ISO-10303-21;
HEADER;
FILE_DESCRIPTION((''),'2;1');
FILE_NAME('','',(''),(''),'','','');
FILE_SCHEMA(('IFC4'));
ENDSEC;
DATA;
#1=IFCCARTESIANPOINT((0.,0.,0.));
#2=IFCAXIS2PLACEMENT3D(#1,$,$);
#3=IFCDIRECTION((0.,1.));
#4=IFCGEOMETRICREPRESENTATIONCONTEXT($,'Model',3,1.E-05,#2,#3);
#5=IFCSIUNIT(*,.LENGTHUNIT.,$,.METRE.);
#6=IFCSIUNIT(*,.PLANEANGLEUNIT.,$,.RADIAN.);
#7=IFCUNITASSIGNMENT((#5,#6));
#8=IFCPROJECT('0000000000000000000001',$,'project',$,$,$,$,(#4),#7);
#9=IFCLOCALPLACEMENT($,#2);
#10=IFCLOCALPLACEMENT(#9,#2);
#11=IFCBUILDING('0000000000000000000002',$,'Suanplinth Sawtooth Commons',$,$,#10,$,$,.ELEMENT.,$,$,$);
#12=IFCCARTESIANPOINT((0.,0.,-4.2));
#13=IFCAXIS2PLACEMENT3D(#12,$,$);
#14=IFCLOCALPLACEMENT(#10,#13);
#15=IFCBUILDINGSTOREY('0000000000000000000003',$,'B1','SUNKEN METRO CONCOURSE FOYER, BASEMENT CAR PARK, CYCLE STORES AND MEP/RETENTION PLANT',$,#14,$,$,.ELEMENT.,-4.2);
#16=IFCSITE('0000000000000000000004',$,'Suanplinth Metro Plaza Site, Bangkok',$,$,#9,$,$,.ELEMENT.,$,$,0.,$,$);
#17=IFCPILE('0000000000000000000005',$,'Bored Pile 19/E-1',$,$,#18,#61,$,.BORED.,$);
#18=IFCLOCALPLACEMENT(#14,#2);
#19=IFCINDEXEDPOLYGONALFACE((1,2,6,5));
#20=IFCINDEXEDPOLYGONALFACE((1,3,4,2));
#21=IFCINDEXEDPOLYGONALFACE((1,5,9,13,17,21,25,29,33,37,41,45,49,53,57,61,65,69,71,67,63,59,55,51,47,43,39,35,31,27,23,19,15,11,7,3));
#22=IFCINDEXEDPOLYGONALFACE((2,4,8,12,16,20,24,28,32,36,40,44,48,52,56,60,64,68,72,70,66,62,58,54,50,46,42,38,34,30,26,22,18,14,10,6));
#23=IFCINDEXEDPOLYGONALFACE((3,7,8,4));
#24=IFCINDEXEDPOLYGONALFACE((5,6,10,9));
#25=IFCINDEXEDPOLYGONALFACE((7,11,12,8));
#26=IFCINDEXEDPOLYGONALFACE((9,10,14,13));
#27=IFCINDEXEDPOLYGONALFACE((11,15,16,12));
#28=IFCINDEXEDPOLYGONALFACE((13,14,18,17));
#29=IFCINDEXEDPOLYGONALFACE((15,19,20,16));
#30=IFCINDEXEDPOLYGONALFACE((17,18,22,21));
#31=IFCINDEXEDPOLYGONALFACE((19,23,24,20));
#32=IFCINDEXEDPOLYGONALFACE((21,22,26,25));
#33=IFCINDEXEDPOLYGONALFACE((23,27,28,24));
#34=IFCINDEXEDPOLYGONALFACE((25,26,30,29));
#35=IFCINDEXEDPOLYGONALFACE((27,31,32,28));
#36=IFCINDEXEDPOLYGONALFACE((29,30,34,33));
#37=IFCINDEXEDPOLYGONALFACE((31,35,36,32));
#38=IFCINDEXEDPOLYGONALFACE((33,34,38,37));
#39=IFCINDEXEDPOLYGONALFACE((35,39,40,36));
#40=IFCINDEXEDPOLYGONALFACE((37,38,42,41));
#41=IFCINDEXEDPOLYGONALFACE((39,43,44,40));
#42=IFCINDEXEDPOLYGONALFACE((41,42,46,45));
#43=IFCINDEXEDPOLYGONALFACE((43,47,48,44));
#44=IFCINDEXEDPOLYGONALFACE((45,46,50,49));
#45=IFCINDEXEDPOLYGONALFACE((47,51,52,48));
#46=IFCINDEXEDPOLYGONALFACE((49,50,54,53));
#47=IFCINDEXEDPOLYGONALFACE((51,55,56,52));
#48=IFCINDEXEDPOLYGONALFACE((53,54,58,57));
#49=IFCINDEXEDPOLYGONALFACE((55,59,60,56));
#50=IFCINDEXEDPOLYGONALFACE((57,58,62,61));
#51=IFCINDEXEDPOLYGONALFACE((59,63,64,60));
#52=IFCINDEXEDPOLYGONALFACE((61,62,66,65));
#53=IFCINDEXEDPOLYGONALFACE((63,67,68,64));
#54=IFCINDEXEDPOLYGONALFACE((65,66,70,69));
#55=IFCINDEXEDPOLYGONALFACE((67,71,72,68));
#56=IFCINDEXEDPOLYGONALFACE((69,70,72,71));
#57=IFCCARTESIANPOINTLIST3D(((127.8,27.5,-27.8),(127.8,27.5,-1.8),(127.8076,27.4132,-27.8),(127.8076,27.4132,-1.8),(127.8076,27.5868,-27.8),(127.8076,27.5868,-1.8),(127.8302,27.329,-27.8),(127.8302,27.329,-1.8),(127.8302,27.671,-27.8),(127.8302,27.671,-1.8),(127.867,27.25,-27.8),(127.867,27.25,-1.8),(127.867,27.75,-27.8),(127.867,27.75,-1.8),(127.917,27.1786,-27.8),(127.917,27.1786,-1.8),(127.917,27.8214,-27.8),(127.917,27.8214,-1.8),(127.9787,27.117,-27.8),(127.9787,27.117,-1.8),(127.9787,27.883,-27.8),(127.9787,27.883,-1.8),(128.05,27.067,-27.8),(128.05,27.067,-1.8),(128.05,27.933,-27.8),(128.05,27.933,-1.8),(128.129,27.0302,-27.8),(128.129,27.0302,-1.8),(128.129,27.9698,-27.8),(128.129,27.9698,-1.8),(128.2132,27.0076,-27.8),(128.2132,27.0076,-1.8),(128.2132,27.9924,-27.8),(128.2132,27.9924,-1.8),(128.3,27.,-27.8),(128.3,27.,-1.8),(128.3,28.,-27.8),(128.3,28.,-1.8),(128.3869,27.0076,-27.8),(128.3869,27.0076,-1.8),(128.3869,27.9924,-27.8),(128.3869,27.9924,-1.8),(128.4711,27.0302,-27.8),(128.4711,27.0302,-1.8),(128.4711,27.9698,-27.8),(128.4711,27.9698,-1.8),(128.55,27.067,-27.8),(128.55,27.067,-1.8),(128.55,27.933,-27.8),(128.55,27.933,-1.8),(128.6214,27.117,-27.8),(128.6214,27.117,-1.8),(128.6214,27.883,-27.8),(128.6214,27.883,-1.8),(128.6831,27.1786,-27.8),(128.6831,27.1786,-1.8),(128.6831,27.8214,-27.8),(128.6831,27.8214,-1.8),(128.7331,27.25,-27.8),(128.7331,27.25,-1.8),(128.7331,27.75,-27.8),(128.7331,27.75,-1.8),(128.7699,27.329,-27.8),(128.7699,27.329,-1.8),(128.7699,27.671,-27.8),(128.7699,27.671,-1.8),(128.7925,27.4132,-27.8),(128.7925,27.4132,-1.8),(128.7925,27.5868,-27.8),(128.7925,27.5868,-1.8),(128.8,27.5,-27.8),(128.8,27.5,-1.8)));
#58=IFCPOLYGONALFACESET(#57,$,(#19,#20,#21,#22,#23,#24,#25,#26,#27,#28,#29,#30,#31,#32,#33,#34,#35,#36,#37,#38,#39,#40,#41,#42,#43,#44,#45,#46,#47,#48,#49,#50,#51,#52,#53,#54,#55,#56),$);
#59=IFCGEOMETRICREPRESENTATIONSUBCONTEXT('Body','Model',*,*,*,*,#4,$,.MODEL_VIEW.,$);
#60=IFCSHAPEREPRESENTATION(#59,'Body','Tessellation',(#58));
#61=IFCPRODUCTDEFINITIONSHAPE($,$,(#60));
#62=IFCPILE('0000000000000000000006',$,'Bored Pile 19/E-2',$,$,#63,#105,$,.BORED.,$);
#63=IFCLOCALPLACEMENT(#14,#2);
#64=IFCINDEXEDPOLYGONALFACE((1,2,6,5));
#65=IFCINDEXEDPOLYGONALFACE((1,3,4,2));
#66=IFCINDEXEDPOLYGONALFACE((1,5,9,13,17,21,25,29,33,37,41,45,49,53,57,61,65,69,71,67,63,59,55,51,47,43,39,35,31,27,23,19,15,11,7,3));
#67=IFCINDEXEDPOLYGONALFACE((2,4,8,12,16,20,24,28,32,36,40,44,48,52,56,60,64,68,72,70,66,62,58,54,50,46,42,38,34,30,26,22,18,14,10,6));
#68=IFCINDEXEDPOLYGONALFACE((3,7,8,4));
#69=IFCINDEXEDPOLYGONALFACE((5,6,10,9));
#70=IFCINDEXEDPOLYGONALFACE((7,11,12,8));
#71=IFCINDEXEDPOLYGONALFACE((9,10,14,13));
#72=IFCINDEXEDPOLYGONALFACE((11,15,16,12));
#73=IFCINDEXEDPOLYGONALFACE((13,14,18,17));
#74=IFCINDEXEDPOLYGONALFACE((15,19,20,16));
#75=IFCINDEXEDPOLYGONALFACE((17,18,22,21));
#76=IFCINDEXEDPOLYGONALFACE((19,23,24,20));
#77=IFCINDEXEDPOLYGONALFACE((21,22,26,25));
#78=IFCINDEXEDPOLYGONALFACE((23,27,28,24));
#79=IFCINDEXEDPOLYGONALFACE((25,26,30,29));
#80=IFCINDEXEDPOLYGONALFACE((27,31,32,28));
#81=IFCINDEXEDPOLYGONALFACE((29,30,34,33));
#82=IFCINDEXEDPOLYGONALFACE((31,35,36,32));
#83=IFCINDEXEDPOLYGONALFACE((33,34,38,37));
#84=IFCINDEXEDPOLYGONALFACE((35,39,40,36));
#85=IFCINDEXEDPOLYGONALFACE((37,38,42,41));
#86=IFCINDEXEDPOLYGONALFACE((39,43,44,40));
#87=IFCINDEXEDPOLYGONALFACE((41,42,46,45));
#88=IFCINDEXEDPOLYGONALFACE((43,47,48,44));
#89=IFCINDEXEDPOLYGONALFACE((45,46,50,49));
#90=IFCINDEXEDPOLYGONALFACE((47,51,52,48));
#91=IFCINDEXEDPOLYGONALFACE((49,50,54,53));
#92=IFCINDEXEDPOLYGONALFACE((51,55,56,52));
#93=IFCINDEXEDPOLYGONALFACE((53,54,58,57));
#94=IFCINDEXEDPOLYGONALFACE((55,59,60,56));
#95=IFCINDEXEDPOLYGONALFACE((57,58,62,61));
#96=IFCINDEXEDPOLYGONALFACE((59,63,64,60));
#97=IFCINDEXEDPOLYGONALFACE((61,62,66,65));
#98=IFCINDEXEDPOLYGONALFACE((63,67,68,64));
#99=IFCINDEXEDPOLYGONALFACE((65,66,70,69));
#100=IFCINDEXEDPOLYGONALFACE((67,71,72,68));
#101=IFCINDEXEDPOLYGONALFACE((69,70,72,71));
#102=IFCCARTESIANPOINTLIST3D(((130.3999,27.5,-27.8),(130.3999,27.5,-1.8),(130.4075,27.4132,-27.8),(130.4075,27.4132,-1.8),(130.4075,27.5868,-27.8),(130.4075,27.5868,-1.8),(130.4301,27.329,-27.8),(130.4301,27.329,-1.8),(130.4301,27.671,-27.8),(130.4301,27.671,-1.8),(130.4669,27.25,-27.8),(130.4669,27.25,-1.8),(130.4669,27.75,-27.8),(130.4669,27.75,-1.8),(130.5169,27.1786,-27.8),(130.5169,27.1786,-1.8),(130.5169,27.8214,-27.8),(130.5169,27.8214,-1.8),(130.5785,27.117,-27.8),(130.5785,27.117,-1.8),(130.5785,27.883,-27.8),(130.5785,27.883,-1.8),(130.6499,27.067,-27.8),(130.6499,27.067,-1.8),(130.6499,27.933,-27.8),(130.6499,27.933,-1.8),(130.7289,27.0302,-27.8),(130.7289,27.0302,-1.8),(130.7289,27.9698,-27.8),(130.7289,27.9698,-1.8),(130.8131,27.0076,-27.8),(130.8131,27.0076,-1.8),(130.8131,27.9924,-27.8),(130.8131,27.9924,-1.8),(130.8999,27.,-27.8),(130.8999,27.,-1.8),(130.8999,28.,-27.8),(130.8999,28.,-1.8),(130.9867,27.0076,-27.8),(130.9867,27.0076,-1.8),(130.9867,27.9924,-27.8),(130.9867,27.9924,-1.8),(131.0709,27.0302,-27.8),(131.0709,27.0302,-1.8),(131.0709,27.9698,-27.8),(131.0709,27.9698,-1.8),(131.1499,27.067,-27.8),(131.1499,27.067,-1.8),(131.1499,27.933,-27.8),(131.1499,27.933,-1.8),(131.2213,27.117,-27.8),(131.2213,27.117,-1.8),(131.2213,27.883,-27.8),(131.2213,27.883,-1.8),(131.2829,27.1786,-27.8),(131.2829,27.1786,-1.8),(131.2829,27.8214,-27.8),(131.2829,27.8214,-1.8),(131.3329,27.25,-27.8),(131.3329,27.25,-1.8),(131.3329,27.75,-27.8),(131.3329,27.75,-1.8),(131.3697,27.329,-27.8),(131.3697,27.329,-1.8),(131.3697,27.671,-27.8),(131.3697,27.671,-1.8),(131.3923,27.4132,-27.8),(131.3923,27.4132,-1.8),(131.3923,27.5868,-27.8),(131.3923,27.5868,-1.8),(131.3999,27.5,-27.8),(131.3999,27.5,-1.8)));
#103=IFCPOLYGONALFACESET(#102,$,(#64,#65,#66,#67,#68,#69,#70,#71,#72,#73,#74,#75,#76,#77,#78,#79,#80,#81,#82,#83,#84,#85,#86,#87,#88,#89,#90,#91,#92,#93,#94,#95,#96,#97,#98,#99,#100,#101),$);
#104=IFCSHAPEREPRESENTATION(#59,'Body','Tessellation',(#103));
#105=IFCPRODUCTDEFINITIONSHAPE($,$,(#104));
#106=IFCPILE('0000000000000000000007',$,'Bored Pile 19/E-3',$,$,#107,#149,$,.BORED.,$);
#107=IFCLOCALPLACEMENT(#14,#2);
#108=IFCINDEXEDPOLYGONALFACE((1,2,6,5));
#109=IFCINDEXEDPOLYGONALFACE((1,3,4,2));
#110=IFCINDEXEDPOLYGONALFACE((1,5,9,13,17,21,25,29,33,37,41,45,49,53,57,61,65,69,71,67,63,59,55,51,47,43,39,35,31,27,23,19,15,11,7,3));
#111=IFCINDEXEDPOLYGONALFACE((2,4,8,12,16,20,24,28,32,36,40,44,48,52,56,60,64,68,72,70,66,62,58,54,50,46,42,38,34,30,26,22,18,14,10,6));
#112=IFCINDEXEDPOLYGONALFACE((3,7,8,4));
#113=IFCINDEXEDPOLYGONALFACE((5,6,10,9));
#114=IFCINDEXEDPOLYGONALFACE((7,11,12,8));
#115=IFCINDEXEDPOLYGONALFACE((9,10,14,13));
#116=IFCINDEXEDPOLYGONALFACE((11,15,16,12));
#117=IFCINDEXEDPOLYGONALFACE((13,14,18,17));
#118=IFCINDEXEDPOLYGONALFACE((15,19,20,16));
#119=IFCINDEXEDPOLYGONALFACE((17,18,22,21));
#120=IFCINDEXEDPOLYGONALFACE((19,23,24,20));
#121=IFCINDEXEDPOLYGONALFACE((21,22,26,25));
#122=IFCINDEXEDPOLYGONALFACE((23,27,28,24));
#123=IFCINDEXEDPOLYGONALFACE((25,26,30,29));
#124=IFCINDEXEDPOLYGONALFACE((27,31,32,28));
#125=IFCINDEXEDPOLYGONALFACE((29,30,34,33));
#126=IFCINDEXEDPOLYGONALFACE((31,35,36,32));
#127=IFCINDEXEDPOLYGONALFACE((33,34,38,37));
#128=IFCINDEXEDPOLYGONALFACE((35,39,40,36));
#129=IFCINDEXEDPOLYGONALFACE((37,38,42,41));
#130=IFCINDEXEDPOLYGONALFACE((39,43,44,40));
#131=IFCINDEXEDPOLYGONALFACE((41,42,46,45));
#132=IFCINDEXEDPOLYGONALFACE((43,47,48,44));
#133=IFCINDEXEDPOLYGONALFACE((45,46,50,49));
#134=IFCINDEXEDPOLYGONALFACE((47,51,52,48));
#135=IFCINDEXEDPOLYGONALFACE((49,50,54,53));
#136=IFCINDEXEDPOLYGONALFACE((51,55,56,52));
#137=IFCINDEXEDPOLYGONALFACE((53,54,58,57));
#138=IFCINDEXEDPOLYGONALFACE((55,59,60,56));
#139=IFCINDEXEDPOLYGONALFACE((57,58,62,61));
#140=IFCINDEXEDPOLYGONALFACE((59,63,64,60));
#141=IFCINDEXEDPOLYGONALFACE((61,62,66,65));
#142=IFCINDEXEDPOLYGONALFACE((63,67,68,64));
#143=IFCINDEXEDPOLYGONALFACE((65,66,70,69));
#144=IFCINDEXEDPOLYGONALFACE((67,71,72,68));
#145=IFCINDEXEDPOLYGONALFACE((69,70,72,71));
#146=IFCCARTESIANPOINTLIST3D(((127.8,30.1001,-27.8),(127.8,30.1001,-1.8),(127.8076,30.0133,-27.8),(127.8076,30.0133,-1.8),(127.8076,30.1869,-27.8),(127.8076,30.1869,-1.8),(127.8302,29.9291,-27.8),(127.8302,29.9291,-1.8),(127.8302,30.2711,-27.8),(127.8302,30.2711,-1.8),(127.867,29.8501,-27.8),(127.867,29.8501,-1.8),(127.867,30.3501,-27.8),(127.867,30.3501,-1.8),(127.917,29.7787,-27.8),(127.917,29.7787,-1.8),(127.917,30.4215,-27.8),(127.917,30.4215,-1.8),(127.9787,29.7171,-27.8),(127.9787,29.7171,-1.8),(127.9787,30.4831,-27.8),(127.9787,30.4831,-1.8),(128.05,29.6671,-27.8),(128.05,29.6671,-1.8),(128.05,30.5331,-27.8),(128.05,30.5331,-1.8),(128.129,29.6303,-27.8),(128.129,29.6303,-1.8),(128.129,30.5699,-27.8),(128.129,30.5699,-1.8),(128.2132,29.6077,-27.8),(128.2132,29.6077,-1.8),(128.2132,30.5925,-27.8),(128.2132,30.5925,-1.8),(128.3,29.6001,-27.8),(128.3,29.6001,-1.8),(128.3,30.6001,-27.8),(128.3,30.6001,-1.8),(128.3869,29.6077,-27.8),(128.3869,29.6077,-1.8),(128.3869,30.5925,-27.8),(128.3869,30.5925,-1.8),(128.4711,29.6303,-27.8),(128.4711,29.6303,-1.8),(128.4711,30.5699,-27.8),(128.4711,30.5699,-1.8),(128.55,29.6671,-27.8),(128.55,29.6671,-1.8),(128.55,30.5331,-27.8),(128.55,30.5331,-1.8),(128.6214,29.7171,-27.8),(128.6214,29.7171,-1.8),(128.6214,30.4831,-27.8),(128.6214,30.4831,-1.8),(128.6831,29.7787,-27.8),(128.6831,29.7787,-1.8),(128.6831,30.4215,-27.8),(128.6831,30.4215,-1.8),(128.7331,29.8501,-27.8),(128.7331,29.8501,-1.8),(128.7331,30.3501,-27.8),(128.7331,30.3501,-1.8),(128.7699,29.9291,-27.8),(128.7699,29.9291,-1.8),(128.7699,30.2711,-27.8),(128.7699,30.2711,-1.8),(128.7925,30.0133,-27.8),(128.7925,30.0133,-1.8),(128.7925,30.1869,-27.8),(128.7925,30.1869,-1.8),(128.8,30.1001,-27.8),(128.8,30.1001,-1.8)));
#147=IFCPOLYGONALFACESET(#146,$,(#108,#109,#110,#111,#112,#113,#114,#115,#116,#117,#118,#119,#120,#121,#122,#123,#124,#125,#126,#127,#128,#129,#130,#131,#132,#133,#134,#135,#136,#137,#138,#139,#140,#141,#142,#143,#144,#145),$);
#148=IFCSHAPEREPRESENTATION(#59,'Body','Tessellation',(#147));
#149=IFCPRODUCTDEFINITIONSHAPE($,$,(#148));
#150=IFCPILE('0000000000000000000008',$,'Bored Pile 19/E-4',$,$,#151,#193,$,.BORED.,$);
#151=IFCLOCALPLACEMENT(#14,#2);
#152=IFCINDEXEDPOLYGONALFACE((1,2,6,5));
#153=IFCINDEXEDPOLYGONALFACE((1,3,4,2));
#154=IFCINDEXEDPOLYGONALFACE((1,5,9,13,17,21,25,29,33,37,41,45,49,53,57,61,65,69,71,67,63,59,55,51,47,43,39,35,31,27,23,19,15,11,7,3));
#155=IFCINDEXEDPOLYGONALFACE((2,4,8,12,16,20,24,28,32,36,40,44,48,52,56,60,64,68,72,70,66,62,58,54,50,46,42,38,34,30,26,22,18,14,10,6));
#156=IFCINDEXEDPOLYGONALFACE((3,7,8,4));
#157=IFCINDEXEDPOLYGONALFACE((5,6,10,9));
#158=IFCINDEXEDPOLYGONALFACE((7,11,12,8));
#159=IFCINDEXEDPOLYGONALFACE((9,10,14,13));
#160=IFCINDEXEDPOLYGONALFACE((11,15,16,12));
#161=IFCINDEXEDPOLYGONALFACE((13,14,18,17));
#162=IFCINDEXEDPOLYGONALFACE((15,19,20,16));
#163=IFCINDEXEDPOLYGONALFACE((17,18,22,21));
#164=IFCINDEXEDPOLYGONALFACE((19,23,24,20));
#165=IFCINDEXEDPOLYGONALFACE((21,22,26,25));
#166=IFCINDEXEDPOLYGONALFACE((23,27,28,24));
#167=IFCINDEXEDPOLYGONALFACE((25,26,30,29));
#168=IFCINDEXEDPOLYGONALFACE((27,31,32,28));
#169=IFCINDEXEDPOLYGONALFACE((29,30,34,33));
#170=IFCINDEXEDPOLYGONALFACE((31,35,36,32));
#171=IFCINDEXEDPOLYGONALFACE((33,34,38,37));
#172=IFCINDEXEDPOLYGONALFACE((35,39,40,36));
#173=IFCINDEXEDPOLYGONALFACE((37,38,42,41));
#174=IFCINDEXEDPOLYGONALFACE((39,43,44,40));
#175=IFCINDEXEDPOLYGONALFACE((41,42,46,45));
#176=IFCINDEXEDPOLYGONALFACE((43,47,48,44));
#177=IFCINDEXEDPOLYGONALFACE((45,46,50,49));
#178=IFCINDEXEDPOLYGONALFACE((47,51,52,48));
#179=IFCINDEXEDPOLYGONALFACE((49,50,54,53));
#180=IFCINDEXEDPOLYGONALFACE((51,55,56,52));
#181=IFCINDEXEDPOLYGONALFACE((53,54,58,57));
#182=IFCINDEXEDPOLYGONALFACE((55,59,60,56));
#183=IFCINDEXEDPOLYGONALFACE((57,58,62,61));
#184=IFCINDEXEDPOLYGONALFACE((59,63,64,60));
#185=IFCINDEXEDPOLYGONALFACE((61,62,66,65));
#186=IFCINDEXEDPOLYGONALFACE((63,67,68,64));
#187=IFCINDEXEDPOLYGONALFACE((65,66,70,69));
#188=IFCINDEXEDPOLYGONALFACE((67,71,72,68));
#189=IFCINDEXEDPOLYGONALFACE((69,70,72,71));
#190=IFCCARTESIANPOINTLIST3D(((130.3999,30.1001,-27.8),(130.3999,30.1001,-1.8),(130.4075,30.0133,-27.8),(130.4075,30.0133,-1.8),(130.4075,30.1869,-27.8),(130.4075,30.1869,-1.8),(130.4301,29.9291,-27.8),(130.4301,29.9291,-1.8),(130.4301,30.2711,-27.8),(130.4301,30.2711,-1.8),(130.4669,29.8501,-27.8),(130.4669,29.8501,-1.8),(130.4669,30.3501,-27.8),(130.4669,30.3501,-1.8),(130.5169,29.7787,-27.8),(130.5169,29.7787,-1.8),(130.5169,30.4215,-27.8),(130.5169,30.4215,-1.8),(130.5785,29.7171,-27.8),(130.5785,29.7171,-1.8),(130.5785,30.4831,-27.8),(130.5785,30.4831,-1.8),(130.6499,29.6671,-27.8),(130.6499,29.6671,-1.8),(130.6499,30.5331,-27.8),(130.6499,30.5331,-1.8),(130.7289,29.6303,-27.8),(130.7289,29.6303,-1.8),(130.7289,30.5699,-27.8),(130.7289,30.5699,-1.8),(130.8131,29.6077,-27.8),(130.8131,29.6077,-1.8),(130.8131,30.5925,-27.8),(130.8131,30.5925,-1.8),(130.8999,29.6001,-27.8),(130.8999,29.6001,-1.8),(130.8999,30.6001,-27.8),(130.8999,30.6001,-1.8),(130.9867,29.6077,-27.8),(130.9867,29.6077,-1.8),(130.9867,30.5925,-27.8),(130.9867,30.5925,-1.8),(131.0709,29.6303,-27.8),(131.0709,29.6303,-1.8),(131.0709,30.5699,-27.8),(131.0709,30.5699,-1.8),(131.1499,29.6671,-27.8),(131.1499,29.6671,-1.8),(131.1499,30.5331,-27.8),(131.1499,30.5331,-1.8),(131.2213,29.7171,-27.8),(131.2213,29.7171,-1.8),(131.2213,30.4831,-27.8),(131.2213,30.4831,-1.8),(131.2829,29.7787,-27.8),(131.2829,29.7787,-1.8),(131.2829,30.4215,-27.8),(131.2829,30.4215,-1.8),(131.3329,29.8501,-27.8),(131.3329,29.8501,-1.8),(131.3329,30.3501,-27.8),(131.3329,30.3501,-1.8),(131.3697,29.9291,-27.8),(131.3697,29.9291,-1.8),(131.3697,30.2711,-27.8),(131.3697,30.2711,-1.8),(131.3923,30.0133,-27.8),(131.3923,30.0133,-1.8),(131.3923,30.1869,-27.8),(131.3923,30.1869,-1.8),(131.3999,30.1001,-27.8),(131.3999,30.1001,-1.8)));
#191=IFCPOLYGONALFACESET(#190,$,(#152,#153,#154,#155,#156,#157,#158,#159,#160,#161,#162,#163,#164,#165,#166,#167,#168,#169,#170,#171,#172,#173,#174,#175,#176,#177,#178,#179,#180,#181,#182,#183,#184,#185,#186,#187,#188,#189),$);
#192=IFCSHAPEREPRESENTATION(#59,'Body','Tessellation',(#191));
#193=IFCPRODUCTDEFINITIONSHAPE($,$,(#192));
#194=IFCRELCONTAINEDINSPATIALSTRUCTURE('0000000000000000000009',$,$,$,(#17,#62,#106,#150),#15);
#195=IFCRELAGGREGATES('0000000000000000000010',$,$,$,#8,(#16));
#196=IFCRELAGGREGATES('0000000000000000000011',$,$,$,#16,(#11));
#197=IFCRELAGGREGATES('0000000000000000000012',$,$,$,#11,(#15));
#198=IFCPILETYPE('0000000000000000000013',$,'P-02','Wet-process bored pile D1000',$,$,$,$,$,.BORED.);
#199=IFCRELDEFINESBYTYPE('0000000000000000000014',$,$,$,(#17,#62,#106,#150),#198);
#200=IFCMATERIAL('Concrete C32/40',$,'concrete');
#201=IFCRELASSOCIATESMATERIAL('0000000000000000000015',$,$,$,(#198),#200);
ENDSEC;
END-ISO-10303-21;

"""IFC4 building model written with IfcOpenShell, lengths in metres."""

from ifc_helpers import new_model, si_unit, direction, frame, origin, origin_2d, place, context, subcontext, project, spatial, circle, extrude, material, material_profile, profile_set, type_object, element, save


model = new_model("IFC4")

# Units and contexts
model_context = context("Model", 3, precision=1e-05, world=origin(), true_north=direction((0.0, 1.0)))
body_context = subcontext(model_context, "Body", "Model", "MODEL_VIEW")
ifc_project = project(units=[si_unit("LENGTHUNIT", "METRE"), si_unit("PLANEANGLEUNIT", "RADIAN")], contexts=[model_context])

# Site, building, storey
site_placement = place(None, origin())
site = spatial("IfcSite", under=ifc_project, at=site_placement, Name="Suanplinth Metro Plaza Site, Bangkok", CompositionType="ELEMENT", RefElevation=0.0)
building_placement = place(site_placement, origin())
building = spatial("IfcBuilding", under=site, at=building_placement, Name="Suanplinth Sawtooth Commons", CompositionType="ELEMENT")
storey_placement = place(building_placement, frame((0.0, 0.0, -4.2)))
storey = spatial("IfcBuildingStorey", under=building, at=storey_placement, Name="B1", Description="SUNKEN METRO CONCOURSE FOYER, BASEMENT CAR PARK, CYCLE STORES AND MEP/RETENTION PLANT", CompositionType="ELEMENT", Elevation=-4.2)

# Piles
ifc_material_1 = material(Name="Concrete C32/40", Category="concrete")
ifc_material_profile_1 = material_profile(ifc_material_1, circle(Radius=0.5, at=origin_2d()), Name="PILE D1000")
ifc_profile_set_1 = profile_set([ifc_material_profile_1], Name="Concrete C32/40")
pile_type = type_object("IfcPileType", Name="P-02", Description="Wet-process bored pile D1000", PredefinedType="BORED", material=ifc_profile_set_1)
for number, where, z_axis, x_axis, name in (
    (1, (128.3, 27.5, -1.8), (0.0, 0.0, -1.0), (1.0, 0.0, 0.0), "Bored Pile 19/E-1"),
    (2, (130.8999, 27.5, -1.8), (0.0, 0.0, -1.0), (1.0, 0.0, 0.0), "Bored Pile 19/E-2"),
    (3, (128.3, 30.1001, -1.8), (0.0, 0.0, -1.0), (1.0, 0.0, 0.0), "Bored Pile 19/E-3"),
    (4, (130.8999, 30.1001, -1.8), (0.0, 0.0, -1.0), (1.0, 0.0, 0.0), "Bored Pile 19/E-4"),
):
    element("IfcPile", number, at=place(storey_placement, frame(where, z_axis=z_axis, x_axis=x_axis)), inside=storey, type_object=pile_type, Name=name, PredefinedType="BORED", context=body_context, shape_type="SweptSolid", body=[
        extrude(circle(Radius=0.5, at=origin_2d()), origin(), (0.0, 0.0, 1.0), 26.0),
    ])

save(model, "model.ifc")
